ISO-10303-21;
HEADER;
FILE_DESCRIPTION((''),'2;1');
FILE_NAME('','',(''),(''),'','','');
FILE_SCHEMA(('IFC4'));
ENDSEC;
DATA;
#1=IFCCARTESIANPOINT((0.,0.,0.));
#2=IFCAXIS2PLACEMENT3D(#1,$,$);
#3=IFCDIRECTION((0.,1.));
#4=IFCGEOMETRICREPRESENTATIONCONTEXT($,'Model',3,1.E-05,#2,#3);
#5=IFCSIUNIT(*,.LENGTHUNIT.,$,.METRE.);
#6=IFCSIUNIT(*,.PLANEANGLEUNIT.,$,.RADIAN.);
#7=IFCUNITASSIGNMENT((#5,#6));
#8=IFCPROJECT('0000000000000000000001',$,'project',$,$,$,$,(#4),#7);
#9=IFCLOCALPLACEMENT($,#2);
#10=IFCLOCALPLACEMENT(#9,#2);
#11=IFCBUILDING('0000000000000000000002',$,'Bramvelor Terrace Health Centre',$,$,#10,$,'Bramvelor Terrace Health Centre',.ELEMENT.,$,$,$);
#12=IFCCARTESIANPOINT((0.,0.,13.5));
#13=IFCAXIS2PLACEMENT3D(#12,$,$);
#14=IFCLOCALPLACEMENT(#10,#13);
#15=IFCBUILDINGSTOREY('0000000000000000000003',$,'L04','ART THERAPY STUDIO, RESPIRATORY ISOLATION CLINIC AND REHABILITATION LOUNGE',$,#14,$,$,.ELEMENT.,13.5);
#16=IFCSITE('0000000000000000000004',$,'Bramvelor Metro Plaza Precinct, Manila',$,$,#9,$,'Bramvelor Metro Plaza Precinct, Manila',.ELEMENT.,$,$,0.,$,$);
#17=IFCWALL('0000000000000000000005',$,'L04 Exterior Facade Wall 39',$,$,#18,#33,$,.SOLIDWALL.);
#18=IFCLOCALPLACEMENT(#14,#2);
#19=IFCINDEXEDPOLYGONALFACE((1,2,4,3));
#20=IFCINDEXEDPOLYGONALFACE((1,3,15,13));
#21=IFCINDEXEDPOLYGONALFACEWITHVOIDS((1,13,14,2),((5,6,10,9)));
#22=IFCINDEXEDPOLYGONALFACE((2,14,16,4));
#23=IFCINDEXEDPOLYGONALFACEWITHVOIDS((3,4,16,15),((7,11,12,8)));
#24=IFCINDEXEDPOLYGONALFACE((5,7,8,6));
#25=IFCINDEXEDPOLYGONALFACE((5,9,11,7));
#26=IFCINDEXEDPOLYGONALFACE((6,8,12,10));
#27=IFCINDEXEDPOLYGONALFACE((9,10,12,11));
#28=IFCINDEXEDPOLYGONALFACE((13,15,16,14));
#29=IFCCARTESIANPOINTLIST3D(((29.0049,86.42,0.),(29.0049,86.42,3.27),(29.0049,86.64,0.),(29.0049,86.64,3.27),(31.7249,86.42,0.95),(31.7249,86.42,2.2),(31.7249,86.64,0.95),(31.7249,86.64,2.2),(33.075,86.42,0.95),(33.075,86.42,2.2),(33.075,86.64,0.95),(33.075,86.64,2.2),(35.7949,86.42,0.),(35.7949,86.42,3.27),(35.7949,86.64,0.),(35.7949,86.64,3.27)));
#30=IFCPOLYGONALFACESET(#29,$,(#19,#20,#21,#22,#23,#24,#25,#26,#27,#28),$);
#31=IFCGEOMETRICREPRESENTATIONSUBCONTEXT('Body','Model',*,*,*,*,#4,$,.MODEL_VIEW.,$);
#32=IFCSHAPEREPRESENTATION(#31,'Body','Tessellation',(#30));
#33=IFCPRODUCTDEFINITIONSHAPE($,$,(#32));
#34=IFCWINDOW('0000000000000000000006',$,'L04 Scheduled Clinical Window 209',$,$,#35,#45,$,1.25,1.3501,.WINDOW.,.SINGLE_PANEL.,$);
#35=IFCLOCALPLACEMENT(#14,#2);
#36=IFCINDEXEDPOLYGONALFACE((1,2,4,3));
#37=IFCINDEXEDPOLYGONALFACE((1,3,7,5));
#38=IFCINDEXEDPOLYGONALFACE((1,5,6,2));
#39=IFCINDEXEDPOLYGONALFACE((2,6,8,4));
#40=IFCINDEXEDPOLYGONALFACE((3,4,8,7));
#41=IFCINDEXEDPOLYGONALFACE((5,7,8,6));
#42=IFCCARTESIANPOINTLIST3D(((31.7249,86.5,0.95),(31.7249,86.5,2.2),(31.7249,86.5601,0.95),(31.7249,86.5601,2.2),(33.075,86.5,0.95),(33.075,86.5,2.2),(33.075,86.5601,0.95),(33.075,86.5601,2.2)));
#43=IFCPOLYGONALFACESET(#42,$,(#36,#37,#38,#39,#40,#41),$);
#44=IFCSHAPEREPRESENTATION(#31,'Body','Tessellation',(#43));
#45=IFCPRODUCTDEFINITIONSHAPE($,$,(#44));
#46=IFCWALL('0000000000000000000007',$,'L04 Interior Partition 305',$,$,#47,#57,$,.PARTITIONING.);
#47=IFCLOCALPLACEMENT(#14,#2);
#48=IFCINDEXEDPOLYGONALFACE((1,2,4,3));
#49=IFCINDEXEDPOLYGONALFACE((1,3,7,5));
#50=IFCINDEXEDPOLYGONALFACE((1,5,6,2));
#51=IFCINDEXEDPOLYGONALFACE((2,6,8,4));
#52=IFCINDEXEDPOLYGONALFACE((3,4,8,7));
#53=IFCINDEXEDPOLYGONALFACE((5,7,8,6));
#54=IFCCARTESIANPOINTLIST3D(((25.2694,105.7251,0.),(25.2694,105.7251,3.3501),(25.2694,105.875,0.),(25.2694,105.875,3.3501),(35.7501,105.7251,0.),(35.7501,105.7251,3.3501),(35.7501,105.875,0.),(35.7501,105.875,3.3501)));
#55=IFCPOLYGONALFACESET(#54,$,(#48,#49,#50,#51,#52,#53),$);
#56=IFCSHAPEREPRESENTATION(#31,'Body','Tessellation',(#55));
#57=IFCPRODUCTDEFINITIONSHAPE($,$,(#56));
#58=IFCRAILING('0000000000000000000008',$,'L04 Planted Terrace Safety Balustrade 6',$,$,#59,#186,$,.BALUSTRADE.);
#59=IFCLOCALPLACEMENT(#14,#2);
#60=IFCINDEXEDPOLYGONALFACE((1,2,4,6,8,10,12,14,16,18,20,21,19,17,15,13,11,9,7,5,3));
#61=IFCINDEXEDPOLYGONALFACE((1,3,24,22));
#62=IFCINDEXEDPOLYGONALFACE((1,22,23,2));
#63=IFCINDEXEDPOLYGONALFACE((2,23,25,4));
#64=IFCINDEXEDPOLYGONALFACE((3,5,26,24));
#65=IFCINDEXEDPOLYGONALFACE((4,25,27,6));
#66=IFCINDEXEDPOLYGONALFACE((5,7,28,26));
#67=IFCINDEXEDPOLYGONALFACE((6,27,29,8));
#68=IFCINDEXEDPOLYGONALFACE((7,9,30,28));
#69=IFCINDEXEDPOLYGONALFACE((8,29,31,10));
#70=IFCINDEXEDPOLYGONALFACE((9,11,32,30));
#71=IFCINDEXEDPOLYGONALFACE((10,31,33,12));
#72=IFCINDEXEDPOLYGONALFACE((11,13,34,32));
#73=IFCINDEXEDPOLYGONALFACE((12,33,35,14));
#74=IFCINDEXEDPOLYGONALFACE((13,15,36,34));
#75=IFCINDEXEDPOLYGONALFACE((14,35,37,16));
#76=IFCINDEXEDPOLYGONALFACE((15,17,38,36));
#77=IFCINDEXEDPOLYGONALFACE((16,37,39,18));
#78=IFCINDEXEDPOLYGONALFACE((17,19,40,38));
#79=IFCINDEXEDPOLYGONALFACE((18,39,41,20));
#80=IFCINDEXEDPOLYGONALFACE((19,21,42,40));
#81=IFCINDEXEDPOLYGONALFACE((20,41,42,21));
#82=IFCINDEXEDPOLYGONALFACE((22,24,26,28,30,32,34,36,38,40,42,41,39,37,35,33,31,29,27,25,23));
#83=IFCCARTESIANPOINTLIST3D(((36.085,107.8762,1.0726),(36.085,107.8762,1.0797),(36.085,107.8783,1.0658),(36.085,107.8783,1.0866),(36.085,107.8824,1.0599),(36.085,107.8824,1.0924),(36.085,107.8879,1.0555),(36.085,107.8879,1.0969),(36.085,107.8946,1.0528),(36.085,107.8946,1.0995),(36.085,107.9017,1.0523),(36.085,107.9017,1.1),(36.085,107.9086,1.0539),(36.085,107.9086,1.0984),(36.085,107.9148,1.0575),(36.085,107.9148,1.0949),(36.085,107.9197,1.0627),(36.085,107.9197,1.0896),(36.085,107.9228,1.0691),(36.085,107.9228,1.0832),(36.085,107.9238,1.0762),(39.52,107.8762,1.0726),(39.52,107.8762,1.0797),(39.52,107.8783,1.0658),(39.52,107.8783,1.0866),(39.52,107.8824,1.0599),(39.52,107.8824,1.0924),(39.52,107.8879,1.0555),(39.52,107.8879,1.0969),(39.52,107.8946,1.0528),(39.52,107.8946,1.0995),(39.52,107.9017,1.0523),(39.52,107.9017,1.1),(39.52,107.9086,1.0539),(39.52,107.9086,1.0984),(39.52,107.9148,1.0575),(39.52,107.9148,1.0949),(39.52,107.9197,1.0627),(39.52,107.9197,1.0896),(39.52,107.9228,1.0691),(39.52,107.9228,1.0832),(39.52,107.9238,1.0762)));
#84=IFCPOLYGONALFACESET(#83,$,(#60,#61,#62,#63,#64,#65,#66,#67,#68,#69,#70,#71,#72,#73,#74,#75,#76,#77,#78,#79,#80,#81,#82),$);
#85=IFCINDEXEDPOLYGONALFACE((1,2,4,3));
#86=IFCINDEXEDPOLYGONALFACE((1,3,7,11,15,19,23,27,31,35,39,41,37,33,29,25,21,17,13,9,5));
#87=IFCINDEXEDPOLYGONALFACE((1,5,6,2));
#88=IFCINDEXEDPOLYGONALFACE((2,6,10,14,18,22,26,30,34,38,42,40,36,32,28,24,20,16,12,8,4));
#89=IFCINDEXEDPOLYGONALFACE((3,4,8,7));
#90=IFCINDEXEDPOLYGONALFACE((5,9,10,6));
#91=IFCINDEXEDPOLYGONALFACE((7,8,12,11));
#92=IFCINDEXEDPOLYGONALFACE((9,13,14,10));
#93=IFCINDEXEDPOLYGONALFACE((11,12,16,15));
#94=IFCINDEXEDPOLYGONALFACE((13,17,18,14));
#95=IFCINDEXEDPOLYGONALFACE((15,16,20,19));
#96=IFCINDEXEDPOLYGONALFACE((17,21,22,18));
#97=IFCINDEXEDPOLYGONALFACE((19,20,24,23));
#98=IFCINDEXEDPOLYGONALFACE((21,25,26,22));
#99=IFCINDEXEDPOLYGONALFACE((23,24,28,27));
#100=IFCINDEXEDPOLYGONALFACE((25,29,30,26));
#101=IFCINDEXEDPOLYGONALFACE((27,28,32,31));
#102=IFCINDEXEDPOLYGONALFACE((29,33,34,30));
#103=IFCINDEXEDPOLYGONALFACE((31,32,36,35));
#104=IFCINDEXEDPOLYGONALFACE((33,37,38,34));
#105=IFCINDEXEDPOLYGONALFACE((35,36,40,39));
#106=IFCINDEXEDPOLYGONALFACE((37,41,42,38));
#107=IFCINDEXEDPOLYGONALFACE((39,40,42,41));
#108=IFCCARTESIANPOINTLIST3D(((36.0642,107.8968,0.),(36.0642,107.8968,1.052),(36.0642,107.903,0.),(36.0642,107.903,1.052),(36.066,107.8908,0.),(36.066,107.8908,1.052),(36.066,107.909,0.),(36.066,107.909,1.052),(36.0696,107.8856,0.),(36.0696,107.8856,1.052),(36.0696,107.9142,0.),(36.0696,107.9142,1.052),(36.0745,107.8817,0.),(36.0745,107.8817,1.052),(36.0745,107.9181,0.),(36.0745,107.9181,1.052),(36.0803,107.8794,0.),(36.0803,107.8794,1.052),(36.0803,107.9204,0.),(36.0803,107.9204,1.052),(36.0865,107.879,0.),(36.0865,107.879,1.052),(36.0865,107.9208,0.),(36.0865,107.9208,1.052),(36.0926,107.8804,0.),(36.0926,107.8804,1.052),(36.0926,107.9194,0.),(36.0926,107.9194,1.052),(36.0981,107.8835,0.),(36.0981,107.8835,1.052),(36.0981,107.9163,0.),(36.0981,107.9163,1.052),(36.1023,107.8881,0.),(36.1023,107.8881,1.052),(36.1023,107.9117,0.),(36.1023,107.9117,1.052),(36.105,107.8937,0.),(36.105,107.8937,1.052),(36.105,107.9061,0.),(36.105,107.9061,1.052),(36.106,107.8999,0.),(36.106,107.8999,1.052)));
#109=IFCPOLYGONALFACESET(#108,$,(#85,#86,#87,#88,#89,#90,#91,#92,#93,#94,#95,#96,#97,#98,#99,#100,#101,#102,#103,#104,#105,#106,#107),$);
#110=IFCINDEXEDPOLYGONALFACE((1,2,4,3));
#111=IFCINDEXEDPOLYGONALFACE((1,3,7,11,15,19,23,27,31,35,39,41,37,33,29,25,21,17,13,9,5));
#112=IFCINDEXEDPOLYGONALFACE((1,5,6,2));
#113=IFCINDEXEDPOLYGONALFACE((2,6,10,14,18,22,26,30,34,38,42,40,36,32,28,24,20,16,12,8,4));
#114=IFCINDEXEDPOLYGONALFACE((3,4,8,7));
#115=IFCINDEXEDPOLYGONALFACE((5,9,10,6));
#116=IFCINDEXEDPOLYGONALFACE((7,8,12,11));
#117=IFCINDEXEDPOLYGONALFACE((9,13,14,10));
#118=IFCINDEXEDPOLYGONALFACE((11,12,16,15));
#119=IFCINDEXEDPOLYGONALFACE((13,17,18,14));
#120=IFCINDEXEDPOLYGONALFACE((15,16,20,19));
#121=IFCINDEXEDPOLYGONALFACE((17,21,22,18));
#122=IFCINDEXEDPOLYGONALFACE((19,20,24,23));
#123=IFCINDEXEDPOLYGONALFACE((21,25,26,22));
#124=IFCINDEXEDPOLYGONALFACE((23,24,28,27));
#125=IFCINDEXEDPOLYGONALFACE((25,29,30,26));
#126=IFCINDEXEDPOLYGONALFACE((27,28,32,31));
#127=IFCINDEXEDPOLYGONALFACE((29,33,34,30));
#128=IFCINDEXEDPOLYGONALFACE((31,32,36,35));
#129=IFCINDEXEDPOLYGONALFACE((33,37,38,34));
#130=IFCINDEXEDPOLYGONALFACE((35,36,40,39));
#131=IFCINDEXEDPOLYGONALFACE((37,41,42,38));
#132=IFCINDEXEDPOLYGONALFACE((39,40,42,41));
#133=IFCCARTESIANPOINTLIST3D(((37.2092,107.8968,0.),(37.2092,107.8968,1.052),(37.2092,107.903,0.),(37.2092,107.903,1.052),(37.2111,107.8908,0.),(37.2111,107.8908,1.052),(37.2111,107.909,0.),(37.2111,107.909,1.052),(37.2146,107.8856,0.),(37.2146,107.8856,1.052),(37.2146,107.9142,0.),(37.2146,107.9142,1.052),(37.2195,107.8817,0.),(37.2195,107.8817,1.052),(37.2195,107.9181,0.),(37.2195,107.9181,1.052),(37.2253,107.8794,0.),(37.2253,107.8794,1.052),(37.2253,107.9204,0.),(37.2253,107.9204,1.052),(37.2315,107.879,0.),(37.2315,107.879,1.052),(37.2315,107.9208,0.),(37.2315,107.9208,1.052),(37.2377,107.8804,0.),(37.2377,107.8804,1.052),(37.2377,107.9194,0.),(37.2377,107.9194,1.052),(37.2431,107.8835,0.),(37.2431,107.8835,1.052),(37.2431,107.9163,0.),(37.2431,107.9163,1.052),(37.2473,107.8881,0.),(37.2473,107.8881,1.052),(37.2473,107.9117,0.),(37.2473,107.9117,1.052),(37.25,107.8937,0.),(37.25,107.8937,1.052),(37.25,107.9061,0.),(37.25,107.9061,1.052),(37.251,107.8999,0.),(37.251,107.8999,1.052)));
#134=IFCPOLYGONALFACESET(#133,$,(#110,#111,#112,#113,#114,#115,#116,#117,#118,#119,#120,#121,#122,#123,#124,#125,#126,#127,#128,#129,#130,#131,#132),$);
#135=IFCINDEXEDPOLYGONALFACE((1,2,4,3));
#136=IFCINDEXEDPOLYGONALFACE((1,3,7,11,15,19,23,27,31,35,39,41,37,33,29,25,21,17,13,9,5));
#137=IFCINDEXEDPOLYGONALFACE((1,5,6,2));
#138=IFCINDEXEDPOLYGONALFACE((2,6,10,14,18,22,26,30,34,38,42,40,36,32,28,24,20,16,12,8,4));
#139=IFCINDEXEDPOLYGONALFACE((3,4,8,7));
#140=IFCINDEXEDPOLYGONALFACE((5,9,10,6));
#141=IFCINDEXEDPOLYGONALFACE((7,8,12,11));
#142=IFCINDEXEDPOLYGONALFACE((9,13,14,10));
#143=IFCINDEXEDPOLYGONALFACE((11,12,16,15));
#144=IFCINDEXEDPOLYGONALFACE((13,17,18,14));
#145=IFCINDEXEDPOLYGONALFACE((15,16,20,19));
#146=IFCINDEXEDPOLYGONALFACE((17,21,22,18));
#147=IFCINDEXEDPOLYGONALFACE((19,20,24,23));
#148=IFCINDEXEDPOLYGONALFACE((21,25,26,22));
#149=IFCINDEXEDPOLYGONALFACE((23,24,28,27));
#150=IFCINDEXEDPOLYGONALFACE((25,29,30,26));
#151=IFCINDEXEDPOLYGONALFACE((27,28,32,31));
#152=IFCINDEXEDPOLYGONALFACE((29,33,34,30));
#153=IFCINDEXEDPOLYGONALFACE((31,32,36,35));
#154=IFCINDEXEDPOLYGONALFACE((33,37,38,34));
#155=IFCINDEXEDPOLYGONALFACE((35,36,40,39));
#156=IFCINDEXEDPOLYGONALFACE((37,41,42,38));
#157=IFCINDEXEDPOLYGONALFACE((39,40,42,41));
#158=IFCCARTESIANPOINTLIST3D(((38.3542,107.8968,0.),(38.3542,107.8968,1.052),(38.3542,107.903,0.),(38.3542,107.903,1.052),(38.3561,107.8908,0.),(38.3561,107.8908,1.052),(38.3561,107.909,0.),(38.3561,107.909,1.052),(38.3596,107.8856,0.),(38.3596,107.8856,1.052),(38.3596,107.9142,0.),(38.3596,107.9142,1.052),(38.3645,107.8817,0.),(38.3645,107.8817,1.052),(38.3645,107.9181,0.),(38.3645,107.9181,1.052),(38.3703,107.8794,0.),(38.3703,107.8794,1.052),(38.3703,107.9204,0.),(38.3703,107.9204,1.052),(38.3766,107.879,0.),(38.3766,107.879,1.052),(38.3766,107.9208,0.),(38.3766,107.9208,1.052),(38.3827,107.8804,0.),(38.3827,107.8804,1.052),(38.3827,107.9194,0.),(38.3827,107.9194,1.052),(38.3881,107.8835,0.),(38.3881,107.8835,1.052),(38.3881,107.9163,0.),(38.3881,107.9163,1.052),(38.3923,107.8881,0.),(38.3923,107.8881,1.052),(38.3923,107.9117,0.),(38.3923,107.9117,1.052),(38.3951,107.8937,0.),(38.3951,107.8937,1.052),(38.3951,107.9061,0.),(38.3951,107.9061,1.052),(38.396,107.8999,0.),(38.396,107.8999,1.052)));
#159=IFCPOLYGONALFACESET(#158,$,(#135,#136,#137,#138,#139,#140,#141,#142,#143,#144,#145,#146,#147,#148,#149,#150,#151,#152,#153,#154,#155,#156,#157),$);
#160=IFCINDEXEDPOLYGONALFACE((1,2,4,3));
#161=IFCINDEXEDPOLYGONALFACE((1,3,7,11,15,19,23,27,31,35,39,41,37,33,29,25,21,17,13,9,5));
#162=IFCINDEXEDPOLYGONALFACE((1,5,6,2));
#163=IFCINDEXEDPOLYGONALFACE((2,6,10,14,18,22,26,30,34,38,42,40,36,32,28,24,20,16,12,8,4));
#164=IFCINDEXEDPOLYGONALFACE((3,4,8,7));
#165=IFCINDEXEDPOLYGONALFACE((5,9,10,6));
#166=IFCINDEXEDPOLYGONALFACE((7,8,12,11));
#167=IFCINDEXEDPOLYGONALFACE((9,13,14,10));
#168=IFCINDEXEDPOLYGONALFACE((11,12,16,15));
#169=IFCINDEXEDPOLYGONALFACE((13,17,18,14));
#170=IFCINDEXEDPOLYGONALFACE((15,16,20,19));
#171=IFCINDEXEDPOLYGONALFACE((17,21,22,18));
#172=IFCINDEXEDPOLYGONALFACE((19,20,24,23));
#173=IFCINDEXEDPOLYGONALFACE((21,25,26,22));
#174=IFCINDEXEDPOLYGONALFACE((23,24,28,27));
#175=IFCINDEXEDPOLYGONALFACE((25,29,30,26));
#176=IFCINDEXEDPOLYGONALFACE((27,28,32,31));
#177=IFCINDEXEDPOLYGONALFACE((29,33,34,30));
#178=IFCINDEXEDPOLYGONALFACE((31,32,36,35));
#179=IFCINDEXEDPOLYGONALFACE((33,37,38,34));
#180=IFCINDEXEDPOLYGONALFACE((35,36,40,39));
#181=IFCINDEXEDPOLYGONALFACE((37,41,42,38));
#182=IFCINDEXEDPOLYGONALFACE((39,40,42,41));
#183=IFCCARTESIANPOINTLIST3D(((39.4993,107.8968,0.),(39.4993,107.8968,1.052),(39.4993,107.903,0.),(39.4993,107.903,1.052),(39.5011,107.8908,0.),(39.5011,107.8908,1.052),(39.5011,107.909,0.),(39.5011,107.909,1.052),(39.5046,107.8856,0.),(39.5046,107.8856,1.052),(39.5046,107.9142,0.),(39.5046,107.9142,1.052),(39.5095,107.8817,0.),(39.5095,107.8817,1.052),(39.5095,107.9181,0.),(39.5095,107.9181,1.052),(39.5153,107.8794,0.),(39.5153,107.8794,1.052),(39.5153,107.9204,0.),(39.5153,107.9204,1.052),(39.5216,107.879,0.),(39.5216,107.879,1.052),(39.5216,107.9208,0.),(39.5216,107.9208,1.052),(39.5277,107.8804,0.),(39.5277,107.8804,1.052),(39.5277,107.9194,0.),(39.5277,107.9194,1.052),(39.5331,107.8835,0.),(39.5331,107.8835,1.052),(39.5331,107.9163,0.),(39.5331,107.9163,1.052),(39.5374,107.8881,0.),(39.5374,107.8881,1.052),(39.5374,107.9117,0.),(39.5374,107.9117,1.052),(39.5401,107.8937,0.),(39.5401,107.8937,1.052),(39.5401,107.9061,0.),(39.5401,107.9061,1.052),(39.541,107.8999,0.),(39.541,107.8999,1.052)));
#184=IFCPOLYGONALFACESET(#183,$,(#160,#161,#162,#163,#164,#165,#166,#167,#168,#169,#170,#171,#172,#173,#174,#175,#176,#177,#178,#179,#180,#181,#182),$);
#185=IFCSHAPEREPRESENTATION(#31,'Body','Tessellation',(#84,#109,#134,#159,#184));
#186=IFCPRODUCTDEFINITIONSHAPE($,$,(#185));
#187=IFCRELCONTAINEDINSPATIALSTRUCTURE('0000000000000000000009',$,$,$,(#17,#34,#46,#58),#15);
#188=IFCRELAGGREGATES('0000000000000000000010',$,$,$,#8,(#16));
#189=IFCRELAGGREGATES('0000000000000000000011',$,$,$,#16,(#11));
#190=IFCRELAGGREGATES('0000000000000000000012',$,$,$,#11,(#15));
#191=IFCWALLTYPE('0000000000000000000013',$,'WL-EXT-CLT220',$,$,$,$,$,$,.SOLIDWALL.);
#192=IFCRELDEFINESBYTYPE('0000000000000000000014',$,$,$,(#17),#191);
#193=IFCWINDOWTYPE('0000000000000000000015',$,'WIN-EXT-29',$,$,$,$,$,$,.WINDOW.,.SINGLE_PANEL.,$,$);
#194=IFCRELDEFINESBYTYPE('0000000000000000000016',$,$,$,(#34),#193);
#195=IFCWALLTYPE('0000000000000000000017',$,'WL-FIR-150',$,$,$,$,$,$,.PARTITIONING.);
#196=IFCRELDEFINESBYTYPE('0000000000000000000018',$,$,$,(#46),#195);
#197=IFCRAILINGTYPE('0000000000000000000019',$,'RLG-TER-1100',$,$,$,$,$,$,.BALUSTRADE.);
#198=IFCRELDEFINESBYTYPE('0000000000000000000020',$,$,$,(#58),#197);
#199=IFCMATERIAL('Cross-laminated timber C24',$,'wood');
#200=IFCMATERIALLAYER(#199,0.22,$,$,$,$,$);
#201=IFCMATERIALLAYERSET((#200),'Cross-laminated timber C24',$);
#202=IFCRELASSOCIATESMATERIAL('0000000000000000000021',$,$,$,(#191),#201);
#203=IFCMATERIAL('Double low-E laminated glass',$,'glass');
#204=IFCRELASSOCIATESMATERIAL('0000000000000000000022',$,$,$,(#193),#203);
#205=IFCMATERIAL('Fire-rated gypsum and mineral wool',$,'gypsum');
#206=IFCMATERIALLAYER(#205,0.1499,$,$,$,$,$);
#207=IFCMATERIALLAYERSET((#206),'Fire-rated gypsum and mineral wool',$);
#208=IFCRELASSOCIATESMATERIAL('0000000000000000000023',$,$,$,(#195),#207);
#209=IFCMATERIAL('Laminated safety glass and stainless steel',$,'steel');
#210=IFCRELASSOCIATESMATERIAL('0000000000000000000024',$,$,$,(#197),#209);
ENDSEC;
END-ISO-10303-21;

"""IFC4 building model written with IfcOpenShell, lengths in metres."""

from ifc_helpers import new_model, si_unit, direction, frame, frame_2d, origin, origin_2d, place, context, subcontext, project, spatial, rectangle, circle, extrude, material, layer, layer_set, type_object, element, fill, save


model = new_model("IFC4")

# Units and contexts
model_context = context("Model", 3, precision=1e-05, world=origin(), true_north=direction((0.0, 1.0)))
body_context = subcontext(model_context, "Body", "Model", "MODEL_VIEW")
ifc_project = project(units=[si_unit("LENGTHUNIT", "METRE"), si_unit("PLANEANGLEUNIT", "RADIAN")], contexts=[model_context])

# Site, building, storey
site_placement = place(None, origin())
site = spatial("IfcSite", under=ifc_project, at=site_placement, Name="Bramvelor Metro Plaza Precinct, Manila", LongName="Bramvelor Metro Plaza Precinct, Manila", CompositionType="ELEMENT", RefElevation=0.0)
building_placement = place(site_placement, origin())
building = spatial("IfcBuilding", under=site, at=building_placement, Name="Bramvelor Terrace Health Centre", LongName="Bramvelor Terrace Health Centre", CompositionType="ELEMENT")
storey_placement = place(building_placement, frame((0.0, 0.0, 13.5)))
storey = spatial("IfcBuildingStorey", under=building, at=storey_placement, Name="L04", Description="ART THERAPY STUDIO, RESPIRATORY ISOLATION CLINIC AND REHABILITATION LOUNGE", CompositionType="ELEMENT", Elevation=13.5)

# Shared definitions
ifc_material_1 = material(Name="Cross-laminated timber C24", Category="wood")
ifc_layer_1 = layer(ifc_material_1, 0.22)
ifc_layer_set_1 = layer_set([ifc_layer_1], Name="Cross-laminated timber C24")
wall_type_1 = type_object("IfcWallType", Name="WL-EXT-CLT220", PredefinedType="SOLIDWALL", material=ifc_layer_set_1)

# Wall, opening, window
wall_1_placement = place(storey_placement, frame((35.7949, 86.53, 0.0), z_axis=(0.0, 0.0, 1.0), x_axis=(-1.0, 0.0, 0.0)))
wall_1 = element("IfcWall", 1, at=wall_1_placement, inside=storey, type_object=wall_type_1, Name="L04 Exterior Facade Wall 39", PredefinedType="SOLIDWALL", context=body_context, shape_type="SweptSolid", body=[
    extrude(rectangle(XDim=6.79, YDim=0.22, at=frame_2d((3.395, 0.0))), origin(), (0.0, 0.0, 1.0), 3.27),
])
opening_1_placement = place(wall_1_placement, frame((2.72, 0.0, 0.95)))
opening_1 = element("IfcOpeningElement", 2, at=opening_1_placement, cuts=wall_1, PredefinedType="OPENING", context=body_context, shape_type="SweptSolid", body=[
    extrude(rectangle(XDim=1.3501, YDim=1.25, at=frame_2d((0.675, 0.625))), frame((0.0, 0.1199, 0.0), z_axis=(0.0, -1.0, 0.0), x_axis=(1.0, 0.0, 0.0)), (0.0, 0.0, 1.0), 0.24),
])
ifc_material_2 = material(Name="Double low-E laminated glass", Category="glass")
window_type_1 = type_object("IfcWindowType", Name="WIN-EXT-29", PartitioningType="SINGLE_PANEL", PredefinedType="WINDOW", material=ifc_material_2)
window_1_placement = place(opening_1_placement, origin())
window_1 = element("IfcWindow", 3, at=window_1_placement, inside=storey, type_object=window_type_1, Name="L04 Scheduled Clinical Window 209", OverallHeight=1.25, OverallWidth=1.3501, PartitioningType="SINGLE_PANEL", PredefinedType="WINDOW", context=body_context, shape_type="SweptSolid", body=[
    extrude(rectangle(XDim=1.3501, YDim=1.25, at=frame_2d((0.675, 0.625))), frame((0.0, 0.03, 0.0), z_axis=(0.0, -1.0, 0.0), x_axis=(1.0, 0.0, 0.0)), (0.0, 0.0, 1.0), 0.0601),
])
fill(opening_1, window_1)

# Wall
ifc_material_3 = material(Name="Fire-rated gypsum and mineral wool", Category="gypsum")
ifc_layer_2 = layer(ifc_material_3, 0.1499)
ifc_layer_set_2 = layer_set([ifc_layer_2], Name="Fire-rated gypsum and mineral wool")
wall_type_2 = type_object("IfcWallType", Name="WL-FIR-150", PredefinedType="PARTITIONING", material=ifc_layer_set_2)
wall_2_placement = place(storey_placement, frame((35.75, 105.8, 0.0), z_axis=(0.0, 0.0, 1.0), x_axis=(-1.0, 0.0, 0.0)))
element("IfcWall", 4, at=wall_2_placement, inside=storey, type_object=wall_type_2, Name="L04 Interior Partition 305", PredefinedType="PARTITIONING", context=body_context, shape_type="SweptSolid", body=[
    extrude(rectangle(XDim=10.4807, YDim=0.1499, at=frame_2d((5.2402, 0.0))), origin(), (0.0, 0.0, 1.0), 3.3501),
])

# Railing
ifc_material_4 = material(Name="Laminated safety glass and stainless steel", Category="steel")
railing_type = type_object("IfcRailingType", Name="RLG-TER-1100", PredefinedType="BALUSTRADE", material=ifc_material_4)
railing_1_placement = place(storey_placement, frame((36.085, 107.8999, 0.0)))
element("IfcRailing", 5, at=railing_1_placement, inside=storey, type_object=railing_type, Name="L04 Planted Terrace Safety Balustrade 6", PredefinedType="BALUSTRADE", context=body_context, shape_type="SweptSolid", body=[
    extrude(circle(Radius=0.0239, at=origin_2d()), frame((0.0, 0.0, 1.0762), z_axis=(1.0, 0.0, 0.0), x_axis=(0.0, 1.0, 0.0)), (0.0, 0.0, 1.0), 3.4351),
    extrude(circle(Radius=0.021, at=origin_2d()), origin(), (0.0, 0.0, 1.0), 1.052),
    extrude(circle(Radius=0.021, at=origin_2d()), frame((1.145, 0.0, 0.0)), (0.0, 0.0, 1.0), 1.052),
    extrude(circle(Radius=0.021, at=origin_2d()), frame((2.29, 0.0, 0.0)), (0.0, 0.0, 1.0), 1.052),
    extrude(circle(Radius=0.021, at=origin_2d()), frame((3.4351, 0.0, 0.0)), (0.0, 0.0, 1.0), 1.052),
])

save(model, "model.ifc")
